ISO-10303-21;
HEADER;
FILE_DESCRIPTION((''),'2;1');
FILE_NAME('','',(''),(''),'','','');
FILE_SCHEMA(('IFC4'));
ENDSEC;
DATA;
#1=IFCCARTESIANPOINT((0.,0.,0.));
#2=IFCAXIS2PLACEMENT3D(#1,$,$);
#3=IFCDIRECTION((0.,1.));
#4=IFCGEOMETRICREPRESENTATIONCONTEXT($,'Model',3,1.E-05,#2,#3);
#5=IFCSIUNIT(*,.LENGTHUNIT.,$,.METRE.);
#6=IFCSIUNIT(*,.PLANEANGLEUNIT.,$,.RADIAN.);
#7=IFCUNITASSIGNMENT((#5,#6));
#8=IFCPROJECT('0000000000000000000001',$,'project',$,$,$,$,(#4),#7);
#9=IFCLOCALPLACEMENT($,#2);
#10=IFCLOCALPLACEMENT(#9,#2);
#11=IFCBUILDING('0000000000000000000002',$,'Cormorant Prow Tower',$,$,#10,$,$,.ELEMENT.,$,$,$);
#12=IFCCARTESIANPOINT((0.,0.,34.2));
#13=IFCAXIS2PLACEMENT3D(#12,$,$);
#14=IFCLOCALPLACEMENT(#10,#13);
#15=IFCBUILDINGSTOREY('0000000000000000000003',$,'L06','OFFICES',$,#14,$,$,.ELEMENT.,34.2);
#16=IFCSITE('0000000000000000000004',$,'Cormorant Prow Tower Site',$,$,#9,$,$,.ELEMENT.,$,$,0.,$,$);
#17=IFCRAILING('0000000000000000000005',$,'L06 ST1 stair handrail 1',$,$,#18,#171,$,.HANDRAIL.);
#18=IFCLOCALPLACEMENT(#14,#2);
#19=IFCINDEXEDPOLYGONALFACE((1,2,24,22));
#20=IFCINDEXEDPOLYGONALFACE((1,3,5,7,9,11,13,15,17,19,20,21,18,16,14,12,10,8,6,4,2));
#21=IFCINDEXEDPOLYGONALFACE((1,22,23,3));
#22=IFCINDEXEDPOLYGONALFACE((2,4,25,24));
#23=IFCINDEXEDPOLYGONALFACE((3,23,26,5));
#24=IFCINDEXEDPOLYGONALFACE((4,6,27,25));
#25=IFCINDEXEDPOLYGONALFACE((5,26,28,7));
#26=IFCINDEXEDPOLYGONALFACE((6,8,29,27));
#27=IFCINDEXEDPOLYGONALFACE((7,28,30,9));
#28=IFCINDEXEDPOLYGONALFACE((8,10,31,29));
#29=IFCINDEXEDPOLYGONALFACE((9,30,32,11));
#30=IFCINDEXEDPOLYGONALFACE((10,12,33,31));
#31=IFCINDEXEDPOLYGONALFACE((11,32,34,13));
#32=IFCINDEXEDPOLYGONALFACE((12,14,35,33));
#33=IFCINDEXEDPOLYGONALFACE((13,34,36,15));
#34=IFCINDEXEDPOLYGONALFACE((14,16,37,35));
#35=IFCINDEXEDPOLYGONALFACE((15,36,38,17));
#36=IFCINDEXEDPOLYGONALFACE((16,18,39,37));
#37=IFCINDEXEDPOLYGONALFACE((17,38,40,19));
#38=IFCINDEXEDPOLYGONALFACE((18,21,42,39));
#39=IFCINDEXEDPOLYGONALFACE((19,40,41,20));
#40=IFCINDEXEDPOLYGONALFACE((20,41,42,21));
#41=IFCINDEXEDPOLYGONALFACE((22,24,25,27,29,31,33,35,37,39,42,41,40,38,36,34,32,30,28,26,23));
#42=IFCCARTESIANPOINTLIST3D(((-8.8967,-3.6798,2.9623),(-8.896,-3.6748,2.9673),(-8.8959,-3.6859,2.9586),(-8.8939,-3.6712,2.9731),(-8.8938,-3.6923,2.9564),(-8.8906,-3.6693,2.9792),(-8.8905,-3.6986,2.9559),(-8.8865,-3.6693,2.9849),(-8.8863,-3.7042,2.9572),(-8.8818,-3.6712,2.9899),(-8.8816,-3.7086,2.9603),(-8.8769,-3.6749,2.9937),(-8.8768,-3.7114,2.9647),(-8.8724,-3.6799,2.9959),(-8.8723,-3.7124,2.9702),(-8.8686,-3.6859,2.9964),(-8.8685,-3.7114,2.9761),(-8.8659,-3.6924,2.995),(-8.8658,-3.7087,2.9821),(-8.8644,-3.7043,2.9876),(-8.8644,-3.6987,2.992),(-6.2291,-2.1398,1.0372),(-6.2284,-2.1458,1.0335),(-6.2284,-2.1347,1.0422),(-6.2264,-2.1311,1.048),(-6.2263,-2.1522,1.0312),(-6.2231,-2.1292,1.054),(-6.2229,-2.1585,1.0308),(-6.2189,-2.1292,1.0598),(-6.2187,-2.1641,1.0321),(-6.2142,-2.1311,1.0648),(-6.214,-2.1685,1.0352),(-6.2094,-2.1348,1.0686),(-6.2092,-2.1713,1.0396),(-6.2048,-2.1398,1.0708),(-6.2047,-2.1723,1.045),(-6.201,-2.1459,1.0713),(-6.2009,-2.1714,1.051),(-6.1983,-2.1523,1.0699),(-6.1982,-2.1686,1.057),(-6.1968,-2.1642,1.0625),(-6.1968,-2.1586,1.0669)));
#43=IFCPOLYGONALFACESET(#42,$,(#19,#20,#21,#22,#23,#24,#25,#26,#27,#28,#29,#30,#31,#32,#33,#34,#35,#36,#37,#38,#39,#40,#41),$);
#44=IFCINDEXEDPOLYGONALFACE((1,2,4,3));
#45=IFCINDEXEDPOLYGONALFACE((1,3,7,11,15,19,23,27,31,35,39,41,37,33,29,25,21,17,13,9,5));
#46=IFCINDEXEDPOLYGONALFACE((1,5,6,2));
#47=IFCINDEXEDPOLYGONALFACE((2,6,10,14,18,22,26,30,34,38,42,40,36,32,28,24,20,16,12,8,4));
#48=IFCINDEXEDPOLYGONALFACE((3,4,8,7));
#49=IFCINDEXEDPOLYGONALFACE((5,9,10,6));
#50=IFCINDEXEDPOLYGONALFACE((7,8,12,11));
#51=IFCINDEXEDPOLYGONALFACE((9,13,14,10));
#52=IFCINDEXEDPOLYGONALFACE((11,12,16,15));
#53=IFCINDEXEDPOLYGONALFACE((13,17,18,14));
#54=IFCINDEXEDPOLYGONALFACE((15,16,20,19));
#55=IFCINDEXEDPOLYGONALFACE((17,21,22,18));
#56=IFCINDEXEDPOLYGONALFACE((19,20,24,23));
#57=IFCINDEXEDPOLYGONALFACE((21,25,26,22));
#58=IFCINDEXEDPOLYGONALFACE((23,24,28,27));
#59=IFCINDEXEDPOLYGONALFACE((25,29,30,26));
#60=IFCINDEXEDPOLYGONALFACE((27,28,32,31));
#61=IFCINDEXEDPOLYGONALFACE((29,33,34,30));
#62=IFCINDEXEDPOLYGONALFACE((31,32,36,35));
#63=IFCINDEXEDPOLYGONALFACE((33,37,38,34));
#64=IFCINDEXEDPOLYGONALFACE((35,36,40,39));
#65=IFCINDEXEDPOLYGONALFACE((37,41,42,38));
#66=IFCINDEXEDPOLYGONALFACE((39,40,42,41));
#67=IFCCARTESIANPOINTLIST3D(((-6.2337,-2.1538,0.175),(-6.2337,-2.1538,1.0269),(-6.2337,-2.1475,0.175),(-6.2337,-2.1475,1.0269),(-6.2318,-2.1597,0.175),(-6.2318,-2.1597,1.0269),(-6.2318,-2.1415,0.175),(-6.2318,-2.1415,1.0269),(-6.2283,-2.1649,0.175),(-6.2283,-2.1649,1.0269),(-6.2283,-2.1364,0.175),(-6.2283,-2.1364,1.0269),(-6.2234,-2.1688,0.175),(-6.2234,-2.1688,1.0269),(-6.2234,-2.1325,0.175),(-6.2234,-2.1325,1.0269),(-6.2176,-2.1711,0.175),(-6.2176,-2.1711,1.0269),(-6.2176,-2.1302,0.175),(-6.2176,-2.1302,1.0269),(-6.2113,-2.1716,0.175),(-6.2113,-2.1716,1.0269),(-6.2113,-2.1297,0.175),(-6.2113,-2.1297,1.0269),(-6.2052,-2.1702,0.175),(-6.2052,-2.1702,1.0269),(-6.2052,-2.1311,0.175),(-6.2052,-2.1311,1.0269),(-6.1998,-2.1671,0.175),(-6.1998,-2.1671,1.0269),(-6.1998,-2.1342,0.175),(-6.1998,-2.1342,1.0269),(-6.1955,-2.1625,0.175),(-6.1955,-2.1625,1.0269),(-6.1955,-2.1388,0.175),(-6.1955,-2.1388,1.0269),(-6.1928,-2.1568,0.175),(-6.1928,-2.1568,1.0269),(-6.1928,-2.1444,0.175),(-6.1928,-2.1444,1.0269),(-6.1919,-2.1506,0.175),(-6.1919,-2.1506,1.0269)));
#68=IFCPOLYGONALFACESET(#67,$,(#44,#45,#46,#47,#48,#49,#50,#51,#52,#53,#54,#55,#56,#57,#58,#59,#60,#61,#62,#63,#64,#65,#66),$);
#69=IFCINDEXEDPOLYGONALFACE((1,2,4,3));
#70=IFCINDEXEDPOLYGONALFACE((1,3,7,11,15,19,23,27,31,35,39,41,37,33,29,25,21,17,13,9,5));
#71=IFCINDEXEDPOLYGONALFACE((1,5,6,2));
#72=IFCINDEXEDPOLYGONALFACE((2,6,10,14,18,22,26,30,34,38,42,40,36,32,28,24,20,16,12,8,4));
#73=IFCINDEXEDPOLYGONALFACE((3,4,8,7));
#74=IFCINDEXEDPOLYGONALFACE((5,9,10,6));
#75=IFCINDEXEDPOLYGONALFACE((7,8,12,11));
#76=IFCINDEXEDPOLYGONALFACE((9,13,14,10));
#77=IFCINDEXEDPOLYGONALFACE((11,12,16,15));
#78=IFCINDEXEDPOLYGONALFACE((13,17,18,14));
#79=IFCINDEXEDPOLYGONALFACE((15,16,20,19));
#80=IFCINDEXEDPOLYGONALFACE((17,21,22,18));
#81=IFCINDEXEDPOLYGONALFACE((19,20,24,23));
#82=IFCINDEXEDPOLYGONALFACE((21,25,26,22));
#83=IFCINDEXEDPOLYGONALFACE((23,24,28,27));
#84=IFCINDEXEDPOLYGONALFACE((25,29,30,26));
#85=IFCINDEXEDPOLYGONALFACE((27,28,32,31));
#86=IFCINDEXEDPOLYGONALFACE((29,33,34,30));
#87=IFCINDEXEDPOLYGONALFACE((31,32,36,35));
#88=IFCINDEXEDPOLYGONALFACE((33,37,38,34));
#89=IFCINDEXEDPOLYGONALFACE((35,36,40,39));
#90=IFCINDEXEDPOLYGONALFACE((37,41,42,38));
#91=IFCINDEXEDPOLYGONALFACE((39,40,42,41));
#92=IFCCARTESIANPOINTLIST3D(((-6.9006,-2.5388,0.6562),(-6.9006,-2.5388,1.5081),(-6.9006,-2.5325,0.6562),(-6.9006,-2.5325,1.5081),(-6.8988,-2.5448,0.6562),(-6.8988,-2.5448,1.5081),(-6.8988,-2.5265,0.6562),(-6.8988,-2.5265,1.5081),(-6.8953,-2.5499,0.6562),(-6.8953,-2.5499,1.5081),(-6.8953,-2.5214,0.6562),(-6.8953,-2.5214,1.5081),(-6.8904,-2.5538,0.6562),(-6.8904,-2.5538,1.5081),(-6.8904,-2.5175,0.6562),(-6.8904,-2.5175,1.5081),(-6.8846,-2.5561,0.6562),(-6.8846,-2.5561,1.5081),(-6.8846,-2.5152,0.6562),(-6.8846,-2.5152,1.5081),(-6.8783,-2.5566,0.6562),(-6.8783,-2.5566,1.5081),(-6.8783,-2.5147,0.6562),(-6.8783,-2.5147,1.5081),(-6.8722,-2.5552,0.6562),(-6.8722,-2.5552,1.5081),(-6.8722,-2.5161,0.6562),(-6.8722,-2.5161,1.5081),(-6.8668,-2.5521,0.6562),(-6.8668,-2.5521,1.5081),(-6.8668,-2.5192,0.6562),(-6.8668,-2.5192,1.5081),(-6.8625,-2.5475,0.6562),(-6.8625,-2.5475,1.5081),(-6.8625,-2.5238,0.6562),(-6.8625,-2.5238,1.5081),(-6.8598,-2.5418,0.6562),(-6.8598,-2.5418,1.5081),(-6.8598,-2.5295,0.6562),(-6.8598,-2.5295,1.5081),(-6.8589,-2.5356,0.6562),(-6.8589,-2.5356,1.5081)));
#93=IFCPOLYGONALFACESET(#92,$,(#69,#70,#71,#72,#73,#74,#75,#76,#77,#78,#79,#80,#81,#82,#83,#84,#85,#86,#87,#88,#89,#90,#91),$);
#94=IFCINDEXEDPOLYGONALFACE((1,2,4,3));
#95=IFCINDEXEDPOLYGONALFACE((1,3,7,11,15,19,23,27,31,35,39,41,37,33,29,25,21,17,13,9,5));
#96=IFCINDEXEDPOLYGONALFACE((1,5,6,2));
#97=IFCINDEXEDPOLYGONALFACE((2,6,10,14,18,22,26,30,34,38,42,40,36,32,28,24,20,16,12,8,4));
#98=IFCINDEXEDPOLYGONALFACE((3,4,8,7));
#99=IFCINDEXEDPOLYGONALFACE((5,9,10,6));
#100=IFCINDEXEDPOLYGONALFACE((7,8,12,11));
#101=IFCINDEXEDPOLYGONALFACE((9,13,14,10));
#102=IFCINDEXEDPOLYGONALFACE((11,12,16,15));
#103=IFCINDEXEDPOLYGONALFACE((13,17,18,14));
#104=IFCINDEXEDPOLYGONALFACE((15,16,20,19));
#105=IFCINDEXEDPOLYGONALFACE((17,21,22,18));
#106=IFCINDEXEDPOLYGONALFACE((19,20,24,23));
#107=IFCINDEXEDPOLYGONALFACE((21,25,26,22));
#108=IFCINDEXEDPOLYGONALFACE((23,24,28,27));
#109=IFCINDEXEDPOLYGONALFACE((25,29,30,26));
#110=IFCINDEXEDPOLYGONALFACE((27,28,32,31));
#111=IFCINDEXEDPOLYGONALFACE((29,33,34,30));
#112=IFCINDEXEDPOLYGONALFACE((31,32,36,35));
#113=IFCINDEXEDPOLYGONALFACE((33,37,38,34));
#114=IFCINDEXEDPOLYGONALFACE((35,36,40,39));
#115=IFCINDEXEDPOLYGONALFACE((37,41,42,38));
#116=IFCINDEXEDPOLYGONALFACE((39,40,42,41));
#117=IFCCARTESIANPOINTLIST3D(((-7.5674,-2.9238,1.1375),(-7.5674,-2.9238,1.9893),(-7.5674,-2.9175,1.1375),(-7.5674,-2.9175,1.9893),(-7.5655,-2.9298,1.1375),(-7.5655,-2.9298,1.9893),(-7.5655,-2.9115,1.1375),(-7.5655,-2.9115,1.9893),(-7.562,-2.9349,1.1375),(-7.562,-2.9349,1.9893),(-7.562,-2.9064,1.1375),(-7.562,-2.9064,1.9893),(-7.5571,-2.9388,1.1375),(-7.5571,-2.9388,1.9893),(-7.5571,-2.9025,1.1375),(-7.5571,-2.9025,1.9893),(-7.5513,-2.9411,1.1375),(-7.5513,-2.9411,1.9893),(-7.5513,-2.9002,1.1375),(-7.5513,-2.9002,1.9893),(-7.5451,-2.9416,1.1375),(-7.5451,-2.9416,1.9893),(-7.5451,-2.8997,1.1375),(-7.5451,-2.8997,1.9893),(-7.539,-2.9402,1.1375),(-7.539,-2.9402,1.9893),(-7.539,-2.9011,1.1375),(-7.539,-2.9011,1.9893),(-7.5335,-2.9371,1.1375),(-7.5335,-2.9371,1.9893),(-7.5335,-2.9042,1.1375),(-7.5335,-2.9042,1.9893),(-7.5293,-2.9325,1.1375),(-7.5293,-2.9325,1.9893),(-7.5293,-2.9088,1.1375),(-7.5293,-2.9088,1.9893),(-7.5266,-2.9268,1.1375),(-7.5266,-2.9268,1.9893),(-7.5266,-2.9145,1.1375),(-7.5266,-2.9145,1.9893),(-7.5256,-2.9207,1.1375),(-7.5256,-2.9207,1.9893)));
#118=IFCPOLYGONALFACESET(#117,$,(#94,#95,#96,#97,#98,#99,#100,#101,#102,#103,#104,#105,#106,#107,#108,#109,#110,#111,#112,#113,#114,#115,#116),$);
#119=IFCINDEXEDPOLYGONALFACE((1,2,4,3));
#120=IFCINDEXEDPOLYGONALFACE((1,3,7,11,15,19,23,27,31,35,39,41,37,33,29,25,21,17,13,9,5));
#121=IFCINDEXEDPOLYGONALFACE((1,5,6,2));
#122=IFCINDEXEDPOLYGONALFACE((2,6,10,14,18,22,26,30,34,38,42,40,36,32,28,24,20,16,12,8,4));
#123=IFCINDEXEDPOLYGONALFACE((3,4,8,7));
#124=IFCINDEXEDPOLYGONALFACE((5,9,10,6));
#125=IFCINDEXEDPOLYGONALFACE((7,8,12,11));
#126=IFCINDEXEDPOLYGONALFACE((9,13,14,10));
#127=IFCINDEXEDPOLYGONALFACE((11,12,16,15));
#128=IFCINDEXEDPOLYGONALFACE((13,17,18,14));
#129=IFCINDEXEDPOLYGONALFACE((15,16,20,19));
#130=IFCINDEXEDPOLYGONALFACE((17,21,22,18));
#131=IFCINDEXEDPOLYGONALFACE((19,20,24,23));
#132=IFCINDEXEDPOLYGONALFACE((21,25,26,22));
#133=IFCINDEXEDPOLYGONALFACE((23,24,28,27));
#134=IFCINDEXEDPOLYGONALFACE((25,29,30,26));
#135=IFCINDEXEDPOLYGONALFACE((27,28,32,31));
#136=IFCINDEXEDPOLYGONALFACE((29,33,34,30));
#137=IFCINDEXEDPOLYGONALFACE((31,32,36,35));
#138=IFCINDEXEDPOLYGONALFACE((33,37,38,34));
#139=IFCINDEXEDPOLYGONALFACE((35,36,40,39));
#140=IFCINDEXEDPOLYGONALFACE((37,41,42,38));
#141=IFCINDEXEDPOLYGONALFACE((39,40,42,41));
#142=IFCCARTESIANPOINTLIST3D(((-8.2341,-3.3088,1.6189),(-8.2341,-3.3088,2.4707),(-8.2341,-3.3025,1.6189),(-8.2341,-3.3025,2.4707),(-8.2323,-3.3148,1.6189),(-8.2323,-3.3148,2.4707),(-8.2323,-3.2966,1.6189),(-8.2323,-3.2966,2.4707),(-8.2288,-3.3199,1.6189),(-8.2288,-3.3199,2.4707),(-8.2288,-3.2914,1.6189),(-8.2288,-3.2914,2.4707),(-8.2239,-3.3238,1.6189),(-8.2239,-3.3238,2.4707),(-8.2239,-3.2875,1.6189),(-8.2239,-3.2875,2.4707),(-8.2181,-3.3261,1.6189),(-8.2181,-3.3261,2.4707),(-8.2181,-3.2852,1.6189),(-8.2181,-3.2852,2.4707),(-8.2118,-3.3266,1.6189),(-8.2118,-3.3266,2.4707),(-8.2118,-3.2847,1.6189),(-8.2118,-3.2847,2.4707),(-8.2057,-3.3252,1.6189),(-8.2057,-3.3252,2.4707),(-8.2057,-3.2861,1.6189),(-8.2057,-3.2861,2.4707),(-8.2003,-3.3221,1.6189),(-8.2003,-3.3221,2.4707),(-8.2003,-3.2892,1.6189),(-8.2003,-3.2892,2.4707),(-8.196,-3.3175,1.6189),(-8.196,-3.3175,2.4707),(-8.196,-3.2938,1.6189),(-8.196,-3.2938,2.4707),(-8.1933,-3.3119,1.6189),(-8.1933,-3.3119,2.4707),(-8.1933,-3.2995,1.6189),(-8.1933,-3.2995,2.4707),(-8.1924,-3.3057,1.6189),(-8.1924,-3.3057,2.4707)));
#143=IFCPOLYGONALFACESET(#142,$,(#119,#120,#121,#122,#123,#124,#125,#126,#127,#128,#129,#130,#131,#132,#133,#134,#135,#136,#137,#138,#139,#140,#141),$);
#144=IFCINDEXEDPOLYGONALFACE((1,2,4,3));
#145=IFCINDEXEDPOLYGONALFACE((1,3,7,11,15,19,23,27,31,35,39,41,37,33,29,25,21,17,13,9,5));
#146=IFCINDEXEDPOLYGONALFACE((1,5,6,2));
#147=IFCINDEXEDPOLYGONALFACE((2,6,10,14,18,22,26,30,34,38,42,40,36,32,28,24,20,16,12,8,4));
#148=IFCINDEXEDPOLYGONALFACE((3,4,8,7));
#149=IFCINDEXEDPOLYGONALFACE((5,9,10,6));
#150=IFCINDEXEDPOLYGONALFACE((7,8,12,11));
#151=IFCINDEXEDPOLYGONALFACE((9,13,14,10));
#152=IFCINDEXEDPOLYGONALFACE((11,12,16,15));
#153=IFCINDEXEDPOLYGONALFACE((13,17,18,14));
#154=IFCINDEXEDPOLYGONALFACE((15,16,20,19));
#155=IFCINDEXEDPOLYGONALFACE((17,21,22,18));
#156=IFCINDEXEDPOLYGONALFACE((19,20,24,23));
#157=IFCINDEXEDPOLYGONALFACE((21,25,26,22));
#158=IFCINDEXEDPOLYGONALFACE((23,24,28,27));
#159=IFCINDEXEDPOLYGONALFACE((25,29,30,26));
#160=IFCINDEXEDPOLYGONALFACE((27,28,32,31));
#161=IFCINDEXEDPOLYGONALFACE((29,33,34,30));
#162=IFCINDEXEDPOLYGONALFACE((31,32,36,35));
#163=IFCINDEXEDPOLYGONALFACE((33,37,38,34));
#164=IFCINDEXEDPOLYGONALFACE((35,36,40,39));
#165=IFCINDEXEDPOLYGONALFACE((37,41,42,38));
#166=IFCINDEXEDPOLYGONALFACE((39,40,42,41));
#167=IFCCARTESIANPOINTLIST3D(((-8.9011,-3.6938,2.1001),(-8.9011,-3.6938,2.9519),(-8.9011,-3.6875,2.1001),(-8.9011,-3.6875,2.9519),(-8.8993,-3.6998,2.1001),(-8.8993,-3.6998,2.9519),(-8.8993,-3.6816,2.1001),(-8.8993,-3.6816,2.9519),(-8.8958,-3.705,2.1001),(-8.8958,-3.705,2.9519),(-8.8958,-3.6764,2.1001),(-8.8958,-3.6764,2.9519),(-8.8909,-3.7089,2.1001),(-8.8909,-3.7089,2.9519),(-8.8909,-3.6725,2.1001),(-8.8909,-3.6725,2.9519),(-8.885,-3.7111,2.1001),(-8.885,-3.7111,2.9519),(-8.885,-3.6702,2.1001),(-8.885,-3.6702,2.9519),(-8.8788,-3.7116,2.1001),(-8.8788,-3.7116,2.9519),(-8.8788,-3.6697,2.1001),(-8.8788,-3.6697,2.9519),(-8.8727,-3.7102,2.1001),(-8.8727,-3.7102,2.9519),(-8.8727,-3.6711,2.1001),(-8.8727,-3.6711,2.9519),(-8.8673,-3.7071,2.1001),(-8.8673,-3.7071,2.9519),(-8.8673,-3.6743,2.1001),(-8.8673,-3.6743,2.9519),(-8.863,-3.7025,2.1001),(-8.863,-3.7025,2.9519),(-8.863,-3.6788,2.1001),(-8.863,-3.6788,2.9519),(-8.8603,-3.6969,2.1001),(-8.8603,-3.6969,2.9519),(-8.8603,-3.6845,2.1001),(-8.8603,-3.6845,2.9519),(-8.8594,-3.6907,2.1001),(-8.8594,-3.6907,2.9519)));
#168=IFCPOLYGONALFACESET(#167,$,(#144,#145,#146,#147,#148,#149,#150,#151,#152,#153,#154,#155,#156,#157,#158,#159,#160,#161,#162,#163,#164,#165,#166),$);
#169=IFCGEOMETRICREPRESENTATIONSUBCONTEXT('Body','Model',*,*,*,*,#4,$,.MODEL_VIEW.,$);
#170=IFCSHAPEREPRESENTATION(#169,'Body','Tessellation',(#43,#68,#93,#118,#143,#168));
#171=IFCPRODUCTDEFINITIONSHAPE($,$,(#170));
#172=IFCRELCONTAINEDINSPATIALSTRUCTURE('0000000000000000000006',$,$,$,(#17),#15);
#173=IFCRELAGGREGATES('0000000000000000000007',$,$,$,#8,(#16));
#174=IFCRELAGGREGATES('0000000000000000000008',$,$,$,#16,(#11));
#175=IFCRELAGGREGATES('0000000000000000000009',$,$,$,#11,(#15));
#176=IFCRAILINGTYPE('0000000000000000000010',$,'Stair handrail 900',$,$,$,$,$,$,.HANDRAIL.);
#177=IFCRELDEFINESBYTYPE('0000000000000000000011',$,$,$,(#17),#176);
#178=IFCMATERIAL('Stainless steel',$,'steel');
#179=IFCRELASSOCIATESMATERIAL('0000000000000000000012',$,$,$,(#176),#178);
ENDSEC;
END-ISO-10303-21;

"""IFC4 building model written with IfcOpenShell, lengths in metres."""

from ifc_helpers import new_model, si_unit, direction, frame, origin, origin_2d, place, context, subcontext, project, spatial, circle, extrude, material, type_object, element, save


model = new_model("IFC4")

# Units and contexts
model_context = context("Model", 3, precision=1e-05, world=origin(), true_north=direction((0.0, 1.0)))
body_context = subcontext(model_context, "Body", "Model", "MODEL_VIEW")
ifc_project = project(units=[si_unit("LENGTHUNIT", "METRE"), si_unit("PLANEANGLEUNIT", "RADIAN")], contexts=[model_context])

# Site, building, storey
site_placement = place(None, origin())
site = spatial("IfcSite", under=ifc_project, at=site_placement, Name="Cormorant Prow Tower Site", CompositionType="ELEMENT", RefElevation=0.0)
building_placement = place(site_placement, origin())
building = spatial("IfcBuilding", under=site, at=building_placement, Name="Cormorant Prow Tower", CompositionType="ELEMENT")
storey_placement = place(building_placement, frame((0.0, 0.0, 34.2)))
storey = spatial("IfcBuildingStorey", under=building, at=storey_placement, Name="L06", Description="OFFICES", CompositionType="ELEMENT", Elevation=34.2)

# Railing
ifc_material_1 = material(Name="Stainless steel", Category="steel")
railing_type_1 = type_object("IfcRailingType", Name="Stair handrail 900", PredefinedType="HANDRAIL", material=ifc_material_1)
railing_1_placement = place(storey_placement, frame((-6.2129, -2.1506, 0.175)))
element("IfcRailing", 1, at=railing_1_placement, inside=storey, type_object=railing_type_1, Name="L06 ST1 stair handrail 1", PredefinedType="HANDRAIL", context=body_context, shape_type="SweptSolid", body=[
    extrude(circle(Radius=0.0239, at=origin_2d()), frame((0.0, 0.0, 0.876), z_axis=(-0.734395, -0.423994, 0.529993), x_axis=(0.499992, -0.86603, 0.0)), (0.0, 0.0, 1.0), 3.6323),
    extrude(circle(Radius=0.021, at=origin_2d()), origin(), (0.0, 0.0, 1.0), 0.8518),
    extrude(circle(Radius=0.021, at=origin_2d()), frame((-0.667, -0.385, 0.4812)), (0.0, 0.0, 1.0), 0.8518),
    extrude(circle(Radius=0.021, at=origin_2d()), frame((-1.3337, -0.77, 0.9624)), (0.0, 0.0, 1.0), 0.8518),
    extrude(circle(Radius=0.021, at=origin_2d()), frame((-2.0005, -1.155, 1.4438)), (0.0, 0.0, 1.0), 0.8518),
    extrude(circle(Radius=0.021, at=origin_2d()), frame((-2.6675, -1.54, 1.925)), (0.0, 0.0, 1.0), 0.8518),
])

save(model, "model.ifc")
